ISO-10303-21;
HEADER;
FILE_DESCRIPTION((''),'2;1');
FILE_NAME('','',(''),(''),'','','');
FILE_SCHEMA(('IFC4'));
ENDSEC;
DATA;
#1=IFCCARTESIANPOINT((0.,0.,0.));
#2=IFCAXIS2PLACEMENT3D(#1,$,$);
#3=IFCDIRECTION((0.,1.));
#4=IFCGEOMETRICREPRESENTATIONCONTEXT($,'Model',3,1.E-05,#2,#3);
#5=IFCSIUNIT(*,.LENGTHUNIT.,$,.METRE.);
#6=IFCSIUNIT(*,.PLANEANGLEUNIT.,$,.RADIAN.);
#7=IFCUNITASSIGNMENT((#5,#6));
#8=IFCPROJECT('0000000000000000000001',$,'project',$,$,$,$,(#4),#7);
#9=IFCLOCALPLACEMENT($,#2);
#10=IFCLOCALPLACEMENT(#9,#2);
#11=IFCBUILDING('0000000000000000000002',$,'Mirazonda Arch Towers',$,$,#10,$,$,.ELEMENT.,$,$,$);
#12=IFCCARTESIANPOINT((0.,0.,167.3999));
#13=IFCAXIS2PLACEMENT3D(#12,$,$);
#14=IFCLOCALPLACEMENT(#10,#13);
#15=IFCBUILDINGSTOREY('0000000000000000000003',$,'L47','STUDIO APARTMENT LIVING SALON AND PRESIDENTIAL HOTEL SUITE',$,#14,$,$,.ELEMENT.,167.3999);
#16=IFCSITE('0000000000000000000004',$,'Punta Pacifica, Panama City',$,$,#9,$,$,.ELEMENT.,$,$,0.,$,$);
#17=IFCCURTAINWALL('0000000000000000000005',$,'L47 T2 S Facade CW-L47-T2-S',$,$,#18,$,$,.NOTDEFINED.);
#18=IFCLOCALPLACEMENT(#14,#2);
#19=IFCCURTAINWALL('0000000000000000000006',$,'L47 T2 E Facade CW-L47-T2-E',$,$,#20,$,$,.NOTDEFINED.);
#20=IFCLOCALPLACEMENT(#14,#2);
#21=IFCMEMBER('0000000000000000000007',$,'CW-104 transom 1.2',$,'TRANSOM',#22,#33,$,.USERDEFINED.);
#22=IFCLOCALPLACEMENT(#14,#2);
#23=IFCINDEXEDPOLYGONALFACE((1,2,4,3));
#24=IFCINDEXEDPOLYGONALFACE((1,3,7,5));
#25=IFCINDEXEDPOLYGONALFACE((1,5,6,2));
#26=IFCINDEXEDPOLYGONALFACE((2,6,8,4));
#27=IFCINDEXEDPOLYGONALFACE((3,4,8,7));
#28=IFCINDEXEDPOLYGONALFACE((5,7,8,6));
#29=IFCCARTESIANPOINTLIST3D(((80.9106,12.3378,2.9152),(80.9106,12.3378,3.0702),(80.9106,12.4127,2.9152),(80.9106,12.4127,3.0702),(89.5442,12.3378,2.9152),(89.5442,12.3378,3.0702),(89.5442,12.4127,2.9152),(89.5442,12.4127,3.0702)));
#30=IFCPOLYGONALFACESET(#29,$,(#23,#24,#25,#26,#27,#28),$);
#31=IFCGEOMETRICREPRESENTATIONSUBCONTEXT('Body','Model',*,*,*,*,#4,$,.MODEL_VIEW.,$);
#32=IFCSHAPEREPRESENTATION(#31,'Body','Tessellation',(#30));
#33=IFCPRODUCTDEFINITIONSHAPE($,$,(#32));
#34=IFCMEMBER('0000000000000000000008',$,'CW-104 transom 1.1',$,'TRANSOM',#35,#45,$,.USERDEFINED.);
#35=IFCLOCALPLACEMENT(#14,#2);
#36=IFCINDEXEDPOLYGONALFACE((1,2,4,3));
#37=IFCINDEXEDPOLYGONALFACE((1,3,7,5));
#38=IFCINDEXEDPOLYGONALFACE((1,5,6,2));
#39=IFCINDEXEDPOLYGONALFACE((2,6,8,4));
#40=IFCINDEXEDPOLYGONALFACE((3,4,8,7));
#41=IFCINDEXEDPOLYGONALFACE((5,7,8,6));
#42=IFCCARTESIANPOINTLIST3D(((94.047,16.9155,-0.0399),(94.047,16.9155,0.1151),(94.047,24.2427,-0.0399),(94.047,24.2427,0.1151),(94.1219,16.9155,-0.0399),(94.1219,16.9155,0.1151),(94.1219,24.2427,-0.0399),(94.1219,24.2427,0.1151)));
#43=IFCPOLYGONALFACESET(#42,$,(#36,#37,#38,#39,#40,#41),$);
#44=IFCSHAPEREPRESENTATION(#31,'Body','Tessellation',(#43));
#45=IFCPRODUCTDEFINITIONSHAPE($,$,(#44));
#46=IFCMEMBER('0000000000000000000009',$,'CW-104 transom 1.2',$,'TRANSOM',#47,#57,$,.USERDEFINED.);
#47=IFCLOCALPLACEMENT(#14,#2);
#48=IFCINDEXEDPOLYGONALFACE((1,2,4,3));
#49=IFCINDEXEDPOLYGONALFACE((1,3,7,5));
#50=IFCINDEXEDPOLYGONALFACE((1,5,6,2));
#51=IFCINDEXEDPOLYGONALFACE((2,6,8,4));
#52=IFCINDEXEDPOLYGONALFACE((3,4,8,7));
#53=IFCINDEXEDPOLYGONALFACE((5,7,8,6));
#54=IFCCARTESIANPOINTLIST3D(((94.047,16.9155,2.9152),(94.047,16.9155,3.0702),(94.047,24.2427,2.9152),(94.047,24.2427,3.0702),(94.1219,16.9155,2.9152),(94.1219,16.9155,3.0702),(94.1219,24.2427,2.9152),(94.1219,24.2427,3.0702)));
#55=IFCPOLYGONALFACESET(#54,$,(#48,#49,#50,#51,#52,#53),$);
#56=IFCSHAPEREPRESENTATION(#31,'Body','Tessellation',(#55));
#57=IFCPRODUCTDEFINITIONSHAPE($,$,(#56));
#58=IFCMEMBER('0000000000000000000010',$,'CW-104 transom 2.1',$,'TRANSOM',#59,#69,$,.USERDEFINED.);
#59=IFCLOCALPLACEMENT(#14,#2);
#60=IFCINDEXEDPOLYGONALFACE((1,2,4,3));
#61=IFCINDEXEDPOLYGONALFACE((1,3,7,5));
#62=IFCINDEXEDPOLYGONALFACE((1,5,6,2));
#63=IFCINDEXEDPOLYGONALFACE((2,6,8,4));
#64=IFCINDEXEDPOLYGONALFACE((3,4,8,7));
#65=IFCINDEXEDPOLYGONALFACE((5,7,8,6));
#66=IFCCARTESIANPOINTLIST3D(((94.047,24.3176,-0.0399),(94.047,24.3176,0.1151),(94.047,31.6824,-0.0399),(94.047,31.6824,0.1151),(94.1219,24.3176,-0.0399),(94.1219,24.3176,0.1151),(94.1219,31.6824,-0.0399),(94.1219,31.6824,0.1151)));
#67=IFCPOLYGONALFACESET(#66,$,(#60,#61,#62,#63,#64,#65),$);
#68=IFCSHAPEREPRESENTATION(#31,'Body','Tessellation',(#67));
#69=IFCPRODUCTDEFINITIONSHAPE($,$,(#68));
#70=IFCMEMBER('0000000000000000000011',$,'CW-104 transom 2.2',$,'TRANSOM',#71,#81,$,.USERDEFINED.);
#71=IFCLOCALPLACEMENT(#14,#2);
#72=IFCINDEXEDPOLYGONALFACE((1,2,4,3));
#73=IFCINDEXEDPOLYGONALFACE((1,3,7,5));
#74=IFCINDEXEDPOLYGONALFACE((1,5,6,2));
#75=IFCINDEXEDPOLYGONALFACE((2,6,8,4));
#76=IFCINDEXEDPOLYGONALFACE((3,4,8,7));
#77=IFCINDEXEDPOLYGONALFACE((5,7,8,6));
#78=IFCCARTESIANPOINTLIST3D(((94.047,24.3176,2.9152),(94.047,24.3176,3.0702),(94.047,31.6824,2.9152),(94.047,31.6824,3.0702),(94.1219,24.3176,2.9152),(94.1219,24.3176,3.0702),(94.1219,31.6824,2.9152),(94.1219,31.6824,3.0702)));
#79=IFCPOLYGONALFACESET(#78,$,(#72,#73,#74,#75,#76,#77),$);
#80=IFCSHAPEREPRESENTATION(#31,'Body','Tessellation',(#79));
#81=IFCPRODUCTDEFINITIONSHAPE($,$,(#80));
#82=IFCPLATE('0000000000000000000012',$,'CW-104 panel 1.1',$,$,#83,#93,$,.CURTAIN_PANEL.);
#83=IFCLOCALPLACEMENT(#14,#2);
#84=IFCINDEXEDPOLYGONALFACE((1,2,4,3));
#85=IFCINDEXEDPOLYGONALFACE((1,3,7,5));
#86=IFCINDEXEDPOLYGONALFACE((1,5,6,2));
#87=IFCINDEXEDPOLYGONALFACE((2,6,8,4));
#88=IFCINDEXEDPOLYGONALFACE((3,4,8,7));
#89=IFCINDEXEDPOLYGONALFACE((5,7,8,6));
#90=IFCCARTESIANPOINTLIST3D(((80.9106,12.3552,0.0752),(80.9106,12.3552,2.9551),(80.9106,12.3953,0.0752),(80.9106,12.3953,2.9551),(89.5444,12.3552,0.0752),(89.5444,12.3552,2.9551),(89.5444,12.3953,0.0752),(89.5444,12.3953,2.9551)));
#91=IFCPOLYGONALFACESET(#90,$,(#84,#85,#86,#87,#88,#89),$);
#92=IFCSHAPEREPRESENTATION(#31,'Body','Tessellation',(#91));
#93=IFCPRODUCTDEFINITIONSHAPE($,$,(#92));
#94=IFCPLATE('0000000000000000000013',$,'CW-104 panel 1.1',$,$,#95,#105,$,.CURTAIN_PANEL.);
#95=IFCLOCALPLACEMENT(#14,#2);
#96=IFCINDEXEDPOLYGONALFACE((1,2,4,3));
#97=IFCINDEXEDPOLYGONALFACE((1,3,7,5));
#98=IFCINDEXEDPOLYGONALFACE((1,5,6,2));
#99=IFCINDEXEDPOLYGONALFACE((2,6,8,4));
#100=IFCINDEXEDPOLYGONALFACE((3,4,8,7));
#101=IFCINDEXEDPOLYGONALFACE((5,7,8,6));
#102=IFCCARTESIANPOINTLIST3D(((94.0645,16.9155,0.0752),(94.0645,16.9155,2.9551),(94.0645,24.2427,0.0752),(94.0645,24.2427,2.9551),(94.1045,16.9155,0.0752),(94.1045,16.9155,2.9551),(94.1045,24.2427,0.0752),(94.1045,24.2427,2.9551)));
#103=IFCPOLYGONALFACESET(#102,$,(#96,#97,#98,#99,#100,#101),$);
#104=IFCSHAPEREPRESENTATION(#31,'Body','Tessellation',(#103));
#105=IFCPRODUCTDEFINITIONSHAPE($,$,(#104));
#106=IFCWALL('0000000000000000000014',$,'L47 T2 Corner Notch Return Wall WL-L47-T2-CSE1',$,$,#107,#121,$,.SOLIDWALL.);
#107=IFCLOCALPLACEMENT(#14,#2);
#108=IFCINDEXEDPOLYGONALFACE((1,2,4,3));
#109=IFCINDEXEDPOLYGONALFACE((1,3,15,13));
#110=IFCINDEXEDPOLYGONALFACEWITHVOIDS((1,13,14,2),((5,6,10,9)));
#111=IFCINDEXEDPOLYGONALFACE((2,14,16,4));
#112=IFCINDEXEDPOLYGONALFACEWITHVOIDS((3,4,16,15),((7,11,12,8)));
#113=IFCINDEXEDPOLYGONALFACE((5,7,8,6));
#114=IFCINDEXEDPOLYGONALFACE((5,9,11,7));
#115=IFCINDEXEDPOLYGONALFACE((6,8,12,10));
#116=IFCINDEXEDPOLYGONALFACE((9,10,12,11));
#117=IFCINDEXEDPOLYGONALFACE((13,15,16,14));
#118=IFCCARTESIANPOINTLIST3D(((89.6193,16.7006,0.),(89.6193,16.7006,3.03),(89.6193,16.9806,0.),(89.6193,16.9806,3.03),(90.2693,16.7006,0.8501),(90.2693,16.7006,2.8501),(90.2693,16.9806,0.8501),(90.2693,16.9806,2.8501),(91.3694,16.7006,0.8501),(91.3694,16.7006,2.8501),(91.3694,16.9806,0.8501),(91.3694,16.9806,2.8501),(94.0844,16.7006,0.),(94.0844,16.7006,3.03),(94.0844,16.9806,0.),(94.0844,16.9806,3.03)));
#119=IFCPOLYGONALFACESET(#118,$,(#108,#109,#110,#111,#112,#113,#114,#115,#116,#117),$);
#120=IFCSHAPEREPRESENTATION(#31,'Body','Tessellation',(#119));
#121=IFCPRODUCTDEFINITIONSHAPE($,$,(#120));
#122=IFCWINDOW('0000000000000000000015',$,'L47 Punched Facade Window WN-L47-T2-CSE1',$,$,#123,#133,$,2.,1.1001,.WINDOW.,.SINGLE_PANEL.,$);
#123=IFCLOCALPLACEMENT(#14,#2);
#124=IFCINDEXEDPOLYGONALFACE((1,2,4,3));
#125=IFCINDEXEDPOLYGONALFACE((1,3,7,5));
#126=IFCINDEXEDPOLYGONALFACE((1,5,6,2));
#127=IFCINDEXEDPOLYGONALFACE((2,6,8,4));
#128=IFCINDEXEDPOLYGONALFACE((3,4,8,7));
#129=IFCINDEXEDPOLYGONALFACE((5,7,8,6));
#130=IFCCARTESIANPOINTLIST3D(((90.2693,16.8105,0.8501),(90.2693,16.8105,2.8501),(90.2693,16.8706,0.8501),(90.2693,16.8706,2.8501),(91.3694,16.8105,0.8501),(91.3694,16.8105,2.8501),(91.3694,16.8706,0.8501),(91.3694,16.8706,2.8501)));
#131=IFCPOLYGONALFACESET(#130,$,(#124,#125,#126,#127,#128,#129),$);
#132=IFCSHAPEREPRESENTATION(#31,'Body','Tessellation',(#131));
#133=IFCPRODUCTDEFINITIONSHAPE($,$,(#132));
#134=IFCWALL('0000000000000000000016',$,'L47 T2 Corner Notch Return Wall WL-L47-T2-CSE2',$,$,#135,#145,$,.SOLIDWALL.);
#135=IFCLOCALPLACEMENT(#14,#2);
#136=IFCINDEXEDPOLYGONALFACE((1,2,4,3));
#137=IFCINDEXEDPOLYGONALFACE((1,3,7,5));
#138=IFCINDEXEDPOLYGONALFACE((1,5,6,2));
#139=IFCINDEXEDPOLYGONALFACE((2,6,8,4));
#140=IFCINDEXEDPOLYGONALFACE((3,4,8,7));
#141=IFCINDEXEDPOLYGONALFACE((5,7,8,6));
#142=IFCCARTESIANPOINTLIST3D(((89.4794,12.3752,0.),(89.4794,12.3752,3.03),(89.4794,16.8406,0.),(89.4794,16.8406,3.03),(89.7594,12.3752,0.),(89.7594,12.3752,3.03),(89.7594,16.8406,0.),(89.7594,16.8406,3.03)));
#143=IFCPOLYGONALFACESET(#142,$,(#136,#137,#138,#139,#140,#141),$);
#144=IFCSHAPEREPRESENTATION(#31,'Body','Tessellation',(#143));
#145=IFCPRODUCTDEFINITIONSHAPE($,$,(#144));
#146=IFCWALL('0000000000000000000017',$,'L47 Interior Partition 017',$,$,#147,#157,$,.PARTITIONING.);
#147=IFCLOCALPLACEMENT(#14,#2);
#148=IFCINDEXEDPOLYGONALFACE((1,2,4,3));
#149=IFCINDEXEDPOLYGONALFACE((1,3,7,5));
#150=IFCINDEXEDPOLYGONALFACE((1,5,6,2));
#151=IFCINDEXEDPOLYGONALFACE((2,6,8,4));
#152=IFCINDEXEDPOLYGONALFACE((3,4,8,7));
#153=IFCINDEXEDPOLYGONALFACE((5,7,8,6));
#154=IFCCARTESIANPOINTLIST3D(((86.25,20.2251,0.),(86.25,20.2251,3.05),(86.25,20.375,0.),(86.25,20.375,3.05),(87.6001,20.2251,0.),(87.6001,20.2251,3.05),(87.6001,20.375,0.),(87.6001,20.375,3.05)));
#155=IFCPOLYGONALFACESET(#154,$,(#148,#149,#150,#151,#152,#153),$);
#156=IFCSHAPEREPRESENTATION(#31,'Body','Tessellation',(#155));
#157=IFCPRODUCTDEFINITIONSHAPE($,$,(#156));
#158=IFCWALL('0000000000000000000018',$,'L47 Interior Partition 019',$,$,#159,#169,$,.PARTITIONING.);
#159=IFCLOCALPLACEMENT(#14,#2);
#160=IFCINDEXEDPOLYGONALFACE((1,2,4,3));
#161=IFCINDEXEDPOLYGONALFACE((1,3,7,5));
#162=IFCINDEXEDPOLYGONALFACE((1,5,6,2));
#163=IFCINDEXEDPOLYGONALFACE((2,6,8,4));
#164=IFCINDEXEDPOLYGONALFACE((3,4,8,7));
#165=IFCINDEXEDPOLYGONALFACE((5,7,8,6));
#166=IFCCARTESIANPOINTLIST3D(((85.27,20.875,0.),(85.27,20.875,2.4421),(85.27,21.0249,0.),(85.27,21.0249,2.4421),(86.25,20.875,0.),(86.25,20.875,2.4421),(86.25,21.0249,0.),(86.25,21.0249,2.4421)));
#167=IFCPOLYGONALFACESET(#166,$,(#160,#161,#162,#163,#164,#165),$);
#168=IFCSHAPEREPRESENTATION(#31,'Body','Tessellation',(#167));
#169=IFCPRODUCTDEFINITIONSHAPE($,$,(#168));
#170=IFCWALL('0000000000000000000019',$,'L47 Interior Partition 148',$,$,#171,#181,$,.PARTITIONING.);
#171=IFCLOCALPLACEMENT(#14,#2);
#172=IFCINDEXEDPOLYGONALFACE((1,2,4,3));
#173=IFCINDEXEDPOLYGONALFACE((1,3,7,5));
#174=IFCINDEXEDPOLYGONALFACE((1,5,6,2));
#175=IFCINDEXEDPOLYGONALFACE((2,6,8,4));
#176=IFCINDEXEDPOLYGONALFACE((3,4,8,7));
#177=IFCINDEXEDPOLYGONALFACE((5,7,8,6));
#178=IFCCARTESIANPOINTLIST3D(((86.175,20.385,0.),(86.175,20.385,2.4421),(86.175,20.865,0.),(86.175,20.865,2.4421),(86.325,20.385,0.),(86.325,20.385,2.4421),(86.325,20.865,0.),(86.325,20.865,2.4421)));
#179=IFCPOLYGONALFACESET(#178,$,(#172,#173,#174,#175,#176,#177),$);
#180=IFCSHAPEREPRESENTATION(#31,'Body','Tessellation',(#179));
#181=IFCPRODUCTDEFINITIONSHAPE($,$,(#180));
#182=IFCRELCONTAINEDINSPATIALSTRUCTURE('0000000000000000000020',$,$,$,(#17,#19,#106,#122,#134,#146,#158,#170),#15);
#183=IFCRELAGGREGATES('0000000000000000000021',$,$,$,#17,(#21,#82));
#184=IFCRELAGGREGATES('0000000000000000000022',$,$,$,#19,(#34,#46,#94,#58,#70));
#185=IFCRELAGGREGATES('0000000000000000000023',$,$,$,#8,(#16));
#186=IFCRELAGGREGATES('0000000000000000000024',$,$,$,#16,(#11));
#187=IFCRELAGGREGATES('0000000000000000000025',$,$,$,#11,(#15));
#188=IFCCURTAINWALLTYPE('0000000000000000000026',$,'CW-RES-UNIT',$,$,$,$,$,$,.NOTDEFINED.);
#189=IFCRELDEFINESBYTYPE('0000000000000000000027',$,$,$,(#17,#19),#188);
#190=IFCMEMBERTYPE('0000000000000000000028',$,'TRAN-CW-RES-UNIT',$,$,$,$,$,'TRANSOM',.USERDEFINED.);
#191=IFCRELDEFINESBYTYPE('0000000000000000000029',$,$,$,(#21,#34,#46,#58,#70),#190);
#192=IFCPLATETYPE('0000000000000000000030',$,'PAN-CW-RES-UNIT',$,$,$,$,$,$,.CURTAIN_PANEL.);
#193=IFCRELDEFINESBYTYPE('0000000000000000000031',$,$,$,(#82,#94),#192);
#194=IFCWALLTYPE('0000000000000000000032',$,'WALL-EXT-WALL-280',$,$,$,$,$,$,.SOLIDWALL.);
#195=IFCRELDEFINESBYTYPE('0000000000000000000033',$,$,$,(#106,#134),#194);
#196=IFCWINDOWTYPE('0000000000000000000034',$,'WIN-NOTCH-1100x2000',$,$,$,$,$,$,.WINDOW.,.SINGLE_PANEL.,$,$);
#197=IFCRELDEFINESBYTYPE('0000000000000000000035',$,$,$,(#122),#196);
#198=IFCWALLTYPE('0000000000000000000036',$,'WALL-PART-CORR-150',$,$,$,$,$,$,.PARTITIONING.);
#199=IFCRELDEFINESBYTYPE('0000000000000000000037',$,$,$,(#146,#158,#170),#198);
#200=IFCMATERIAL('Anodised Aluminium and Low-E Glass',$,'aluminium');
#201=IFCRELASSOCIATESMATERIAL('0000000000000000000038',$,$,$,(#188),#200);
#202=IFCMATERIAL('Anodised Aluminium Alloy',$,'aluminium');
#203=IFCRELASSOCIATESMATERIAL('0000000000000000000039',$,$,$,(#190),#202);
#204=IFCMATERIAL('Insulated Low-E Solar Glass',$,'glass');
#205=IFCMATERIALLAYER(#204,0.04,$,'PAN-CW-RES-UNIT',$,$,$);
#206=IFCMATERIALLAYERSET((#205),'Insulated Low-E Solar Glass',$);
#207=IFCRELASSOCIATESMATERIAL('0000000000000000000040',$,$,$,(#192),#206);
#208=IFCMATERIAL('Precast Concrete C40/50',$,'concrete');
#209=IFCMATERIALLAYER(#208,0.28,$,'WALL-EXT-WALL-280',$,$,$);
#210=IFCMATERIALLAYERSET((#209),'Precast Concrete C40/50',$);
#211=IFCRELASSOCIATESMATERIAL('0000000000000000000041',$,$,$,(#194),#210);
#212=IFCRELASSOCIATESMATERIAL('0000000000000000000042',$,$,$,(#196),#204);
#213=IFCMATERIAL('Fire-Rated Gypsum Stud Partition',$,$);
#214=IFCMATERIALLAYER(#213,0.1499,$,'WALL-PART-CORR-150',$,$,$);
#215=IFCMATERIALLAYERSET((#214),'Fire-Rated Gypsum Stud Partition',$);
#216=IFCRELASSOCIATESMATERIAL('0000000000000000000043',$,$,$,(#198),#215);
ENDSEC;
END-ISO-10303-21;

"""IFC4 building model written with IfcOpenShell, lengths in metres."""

from ifc_helpers import new_model, si_unit, direction, frame, frame_2d, origin, origin_2d, place, context, subcontext, project, spatial, rectangle, extrude, material, layer, layer_set, material_profile, profile_set, type_object, element, fill, aggregate, save


model = new_model("IFC4")

# Units and contexts
model_context = context("Model", 3, precision=1e-05, world=origin(), true_north=direction((0.0, 1.0)))
body_context = subcontext(model_context, "Body", "Model", "MODEL_VIEW")
ifc_project = project(units=[si_unit("LENGTHUNIT", "METRE"), si_unit("PLANEANGLEUNIT", "RADIAN")], contexts=[model_context])

# Site, building, storey
site_placement = place(None, origin())
site = spatial("IfcSite", under=ifc_project, at=site_placement, Name="Punta Pacifica, Panama City", CompositionType="ELEMENT", RefElevation=0.0)
building_placement = place(site_placement, origin())
building = spatial("IfcBuilding", under=site, at=building_placement, Name="Mirazonda Arch Towers", CompositionType="ELEMENT")
storey_placement = place(building_placement, frame((0.0, 0.0, 167.3999)))
storey = spatial("IfcBuildingStorey", under=building, at=storey_placement, Name="L47", Description="STUDIO APARTMENT LIVING SALON AND PRESIDENTIAL HOTEL SUITE", CompositionType="ELEMENT", Elevation=167.3999)

# Curtain wall
ifc_material_1 = material(Name="Anodised Aluminium and Low-E Glass", Category="aluminium")
curtain_wall_type = type_object("IfcCurtainWallType", Name="CW-RES-UNIT", PredefinedType="NOTDEFINED", material=ifc_material_1)
curtain_wall_1_placement = place(storey_placement, origin())
curtain_wall_1 = element("IfcCurtainWall", 1, at=curtain_wall_1_placement, inside=storey, type_object=curtain_wall_type, Name="L47 T2 S Facade CW-L47-T2-S", PredefinedType="NOTDEFINED")
ifc_material_2 = material(Name="Anodised Aluminium Alloy", Category="aluminium")

# Curtain wall
curtain_wall_2_placement = place(storey_placement, origin())
curtain_wall_2 = element("IfcCurtainWall", 2, at=curtain_wall_2_placement, inside=storey, type_object=curtain_wall_type, Name="L47 T2 E Facade CW-L47-T2-E", PredefinedType="NOTDEFINED")

# Members
ifc_material_profile_1 = material_profile(ifc_material_2, rectangle(XDim=0.075, YDim=0.155, at=origin_2d()), Name="ALU-TRAN-75x155")
ifc_profile_set_1 = profile_set([ifc_material_profile_1], Name="Anodised Aluminium Alloy")
member_type_1 = type_object("IfcMemberType", Name="TRAN-CW-RES-UNIT", ElementType="TRANSOM", PredefinedType="USERDEFINED", material=ifc_profile_set_1)
member_1_placement = place(storey_placement, frame((89.5442, 12.3752, 2.9927), z_axis=(-1.0, 0.0, 0.0), x_axis=(0.0, -1.0, 0.0)))
member_1 = element("IfcMember", 3, at=member_1_placement, type_object=member_type_1, Name="CW-104 transom 1.2", ObjectType="TRANSOM", PredefinedType="USERDEFINED", context=body_context, shape_type="SweptSolid", body=[
    extrude(rectangle(XDim=0.075, YDim=0.155, at=origin_2d()), origin(), (0.0, 0.0, 1.0), 8.6335),
])
member_2_placement = place(storey_placement, frame((94.0845, 16.9155, 0.0376), z_axis=(0.0, 1.0, 0.0), x_axis=(-1.0, 0.0, 0.0)))
member_2 = element("IfcMember", 4, at=member_2_placement, type_object=member_type_1, Name="CW-104 transom 1.1", ObjectType="TRANSOM", PredefinedType="USERDEFINED", context=body_context, shape_type="SweptSolid", body=[
    extrude(rectangle(XDim=0.075, YDim=0.155, at=origin_2d()), origin(), (0.0, 0.0, 1.0), 7.3271),
])
member_3_placement = place(storey_placement, frame((94.0845, 16.9155, 2.9927), z_axis=(0.0, 1.0, 0.0), x_axis=(-1.0, 0.0, 0.0)))
member_3 = element("IfcMember", 5, at=member_3_placement, type_object=member_type_1, Name="CW-104 transom 1.2", ObjectType="TRANSOM", PredefinedType="USERDEFINED", context=body_context, shape_type="SweptSolid", body=[
    extrude(rectangle(XDim=0.075, YDim=0.155, at=origin_2d()), origin(), (0.0, 0.0, 1.0), 7.3271),
])
member_4_placement = place(storey_placement, frame((94.0845, 24.3176, 0.0376), z_axis=(0.0, 1.0, 0.0), x_axis=(-1.0, 0.0, 0.0)))
member_4 = element("IfcMember", 6, at=member_4_placement, type_object=member_type_1, Name="CW-104 transom 2.1", ObjectType="TRANSOM", PredefinedType="USERDEFINED", context=body_context, shape_type="SweptSolid", body=[
    extrude(rectangle(XDim=0.075, YDim=0.155, at=origin_2d()), origin(), (0.0, 0.0, 1.0), 7.3647),
])
member_5_placement = place(storey_placement, frame((94.0845, 24.3176, 2.9927), z_axis=(0.0, 1.0, 0.0), x_axis=(-1.0, 0.0, 0.0)))
member_5 = element("IfcMember", 7, at=member_5_placement, type_object=member_type_1, Name="CW-104 transom 2.2", ObjectType="TRANSOM", PredefinedType="USERDEFINED", context=body_context, shape_type="SweptSolid", body=[
    extrude(rectangle(XDim=0.075, YDim=0.155, at=origin_2d()), origin(), (0.0, 0.0, 1.0), 7.3647),
])

# Plates
ifc_material_3 = material(Name="Insulated Low-E Solar Glass", Category="glass")
ifc_layer_1 = layer(ifc_material_3, 0.04, Name="PAN-CW-RES-UNIT")
ifc_layer_set_1 = layer_set([ifc_layer_1], Name="Insulated Low-E Solar Glass")
plate_type = type_object("IfcPlateType", Name="PAN-CW-RES-UNIT", PredefinedType="CURTAIN_PANEL", material=ifc_layer_set_1)
plate_1_placement = place(storey_placement, frame((85.2275, 12.3752, 0.0752), z_axis=(0.0, 0.0, 1.0), x_axis=(-1.0, 0.0, 0.0)))
plate_1 = element("IfcPlate", 8, at=plate_1_placement, type_object=plate_type, Name="CW-104 panel 1.1", PredefinedType="CURTAIN_PANEL", context=body_context, shape_type="SweptSolid", body=[
    extrude(rectangle(XDim=8.6338, YDim=0.04, at=origin_2d()), origin(), (0.0, 0.0, 1.0), 2.8799),
])
aggregate(curtain_wall_1, [member_1, plate_1])
plate_2_placement = place(storey_placement, frame((94.0845, 20.5791, 0.0752), z_axis=(0.0, 0.0, 1.0), x_axis=(0.0, 1.0, 0.0)))
plate_2 = element("IfcPlate", 9, at=plate_2_placement, type_object=plate_type, Name="CW-104 panel 1.1", PredefinedType="CURTAIN_PANEL", context=body_context, shape_type="SweptSolid", body=[
    extrude(rectangle(XDim=7.3271, YDim=0.04, at=origin_2d()), origin(), (0.0, 0.0, 1.0), 2.8799),
])
aggregate(curtain_wall_2, [member_2, member_3, plate_2, member_4, member_5])

# Wall, opening, window
ifc_material_4 = material(Name="Precast Concrete C40/50", Category="concrete")
ifc_layer_2 = layer(ifc_material_4, 0.28, Name="WALL-EXT-WALL-280")
ifc_layer_set_2 = layer_set([ifc_layer_2], Name="Precast Concrete C40/50")
wall_type_1 = type_object("IfcWallType", Name="WALL-EXT-WALL-280", PredefinedType="SOLIDWALL", material=ifc_layer_set_2)
wall_1_placement = place(storey_placement, frame((89.6194, 16.8406, 0.0), z_axis=(0.0, 0.0, 1.0), x_axis=(1.0, 0.0, 0.0)))
wall_1 = element("IfcWall", 10, at=wall_1_placement, inside=storey, type_object=wall_type_1, Name="L47 T2 Corner Notch Return Wall WL-L47-T2-CSE1", PredefinedType="SOLIDWALL", context=body_context, shape_type="SweptSolid", body=[
    extrude(rectangle(XDim=4.4651, YDim=0.28, at=frame_2d((2.2324, 0.0))), origin(), (0.0, 0.0, 1.0), 3.03),
])
opening_1_placement = place(wall_1_placement, frame((0.6499, 0.0, 0.8501)))
opening_1 = element("IfcOpeningElement", 11, at=opening_1_placement, cuts=wall_1, PredefinedType="OPENING", context=body_context, shape_type="SweptSolid", body=[
    extrude(rectangle(XDim=1.1001, YDim=2.0, at=frame_2d((0.55, 1.0))), frame((0.0, 0.1499, 0.0), z_axis=(0.0, -1.0, 0.0), x_axis=(1.0, 0.0, 0.0)), (0.0, 0.0, 1.0), 0.3),
])
window_type = type_object("IfcWindowType", Name="WIN-NOTCH-1100x2000", PartitioningType="SINGLE_PANEL", PredefinedType="WINDOW", material=ifc_material_3)
window_placement = place(opening_1_placement, origin())
window = element("IfcWindow", 12, at=window_placement, inside=storey, type_object=window_type, Name="L47 Punched Facade Window WN-L47-T2-CSE1", OverallHeight=2.0, OverallWidth=1.1001, PartitioningType="SINGLE_PANEL", PredefinedType="WINDOW", context=body_context, shape_type="SweptSolid", body=[
    extrude(rectangle(XDim=1.1001, YDim=2.0, at=frame_2d((0.55, 1.0))), frame((0.0, 0.03, 0.0), z_axis=(0.0, -1.0, 0.0), x_axis=(1.0, 0.0, 0.0)), (0.0, 0.0, 1.0), 0.0601),
])
fill(opening_1, window)

# Walls
wall_2_placement = place(storey_placement, frame((89.6194, 12.3752, 0.0), z_axis=(0.0, 0.0, 1.0), x_axis=(0.0, 1.0, 0.0)))
element("IfcWall", 13, at=wall_2_placement, inside=storey, type_object=wall_type_1, Name="L47 T2 Corner Notch Return Wall WL-L47-T2-CSE2", PredefinedType="SOLIDWALL", context=body_context, shape_type="SweptSolid", body=[
    extrude(rectangle(XDim=4.4653, YDim=0.28, at=frame_2d((2.2327, 0.0))), origin(), (0.0, 0.0, 1.0), 3.03),
])
ifc_material_5 = material(Name="Fire-Rated Gypsum Stud Partition")
ifc_layer_3 = layer(ifc_material_5, 0.1499, Name="WALL-PART-CORR-150")
ifc_layer_set_3 = layer_set([ifc_layer_3], Name="Fire-Rated Gypsum Stud Partition")
wall_type_2 = type_object("IfcWallType", Name="WALL-PART-CORR-150", PredefinedType="PARTITIONING", material=ifc_layer_set_3)
wall_3_placement = place(storey_placement, frame((86.25, 20.3, 0.0), z_axis=(0.0, 0.0, 1.0), x_axis=(1.0, 0.0, 0.0)))
element("IfcWall", 14, at=wall_3_placement, inside=storey, type_object=wall_type_2, Name="L47 Interior Partition 017", PredefinedType="PARTITIONING", context=body_context, shape_type="SweptSolid", body=[
    extrude(rectangle(XDim=1.3501, YDim=0.1499, at=frame_2d((0.675, 0.0))), origin(), (0.0, 0.0, 1.0), 3.05),
])
wall_4_placement = place(storey_placement, frame((85.27, 20.95, 0.0), z_axis=(0.0, 0.0, 1.0), x_axis=(1.0, 0.0, 0.0)))
element("IfcWall", 15, at=wall_4_placement, inside=storey, type_object=wall_type_2, Name="L47 Interior Partition 019", PredefinedType="PARTITIONING", context=body_context, shape_type="SweptSolid", body=[
    extrude(rectangle(XDim=0.98, YDim=0.1499, at=frame_2d((0.49, 0.0))), origin(), (0.0, 0.0, 1.0), 2.4421),
])
wall_5_placement = place(storey_placement, frame((86.25, 20.385, 0.0), z_axis=(0.0, 0.0, 1.0), x_axis=(0.0, 1.0, 0.0)))
element("IfcWall", 16, at=wall_5_placement, inside=storey, type_object=wall_type_2, Name="L47 Interior Partition 148", PredefinedType="PARTITIONING", context=body_context, shape_type="SweptSolid", body=[
    extrude(rectangle(XDim=0.48, YDim=0.1499, at=frame_2d((0.24, 0.0))), origin(), (0.0, 0.0, 1.0), 2.4421),
])

save(model, "model.ifc")
